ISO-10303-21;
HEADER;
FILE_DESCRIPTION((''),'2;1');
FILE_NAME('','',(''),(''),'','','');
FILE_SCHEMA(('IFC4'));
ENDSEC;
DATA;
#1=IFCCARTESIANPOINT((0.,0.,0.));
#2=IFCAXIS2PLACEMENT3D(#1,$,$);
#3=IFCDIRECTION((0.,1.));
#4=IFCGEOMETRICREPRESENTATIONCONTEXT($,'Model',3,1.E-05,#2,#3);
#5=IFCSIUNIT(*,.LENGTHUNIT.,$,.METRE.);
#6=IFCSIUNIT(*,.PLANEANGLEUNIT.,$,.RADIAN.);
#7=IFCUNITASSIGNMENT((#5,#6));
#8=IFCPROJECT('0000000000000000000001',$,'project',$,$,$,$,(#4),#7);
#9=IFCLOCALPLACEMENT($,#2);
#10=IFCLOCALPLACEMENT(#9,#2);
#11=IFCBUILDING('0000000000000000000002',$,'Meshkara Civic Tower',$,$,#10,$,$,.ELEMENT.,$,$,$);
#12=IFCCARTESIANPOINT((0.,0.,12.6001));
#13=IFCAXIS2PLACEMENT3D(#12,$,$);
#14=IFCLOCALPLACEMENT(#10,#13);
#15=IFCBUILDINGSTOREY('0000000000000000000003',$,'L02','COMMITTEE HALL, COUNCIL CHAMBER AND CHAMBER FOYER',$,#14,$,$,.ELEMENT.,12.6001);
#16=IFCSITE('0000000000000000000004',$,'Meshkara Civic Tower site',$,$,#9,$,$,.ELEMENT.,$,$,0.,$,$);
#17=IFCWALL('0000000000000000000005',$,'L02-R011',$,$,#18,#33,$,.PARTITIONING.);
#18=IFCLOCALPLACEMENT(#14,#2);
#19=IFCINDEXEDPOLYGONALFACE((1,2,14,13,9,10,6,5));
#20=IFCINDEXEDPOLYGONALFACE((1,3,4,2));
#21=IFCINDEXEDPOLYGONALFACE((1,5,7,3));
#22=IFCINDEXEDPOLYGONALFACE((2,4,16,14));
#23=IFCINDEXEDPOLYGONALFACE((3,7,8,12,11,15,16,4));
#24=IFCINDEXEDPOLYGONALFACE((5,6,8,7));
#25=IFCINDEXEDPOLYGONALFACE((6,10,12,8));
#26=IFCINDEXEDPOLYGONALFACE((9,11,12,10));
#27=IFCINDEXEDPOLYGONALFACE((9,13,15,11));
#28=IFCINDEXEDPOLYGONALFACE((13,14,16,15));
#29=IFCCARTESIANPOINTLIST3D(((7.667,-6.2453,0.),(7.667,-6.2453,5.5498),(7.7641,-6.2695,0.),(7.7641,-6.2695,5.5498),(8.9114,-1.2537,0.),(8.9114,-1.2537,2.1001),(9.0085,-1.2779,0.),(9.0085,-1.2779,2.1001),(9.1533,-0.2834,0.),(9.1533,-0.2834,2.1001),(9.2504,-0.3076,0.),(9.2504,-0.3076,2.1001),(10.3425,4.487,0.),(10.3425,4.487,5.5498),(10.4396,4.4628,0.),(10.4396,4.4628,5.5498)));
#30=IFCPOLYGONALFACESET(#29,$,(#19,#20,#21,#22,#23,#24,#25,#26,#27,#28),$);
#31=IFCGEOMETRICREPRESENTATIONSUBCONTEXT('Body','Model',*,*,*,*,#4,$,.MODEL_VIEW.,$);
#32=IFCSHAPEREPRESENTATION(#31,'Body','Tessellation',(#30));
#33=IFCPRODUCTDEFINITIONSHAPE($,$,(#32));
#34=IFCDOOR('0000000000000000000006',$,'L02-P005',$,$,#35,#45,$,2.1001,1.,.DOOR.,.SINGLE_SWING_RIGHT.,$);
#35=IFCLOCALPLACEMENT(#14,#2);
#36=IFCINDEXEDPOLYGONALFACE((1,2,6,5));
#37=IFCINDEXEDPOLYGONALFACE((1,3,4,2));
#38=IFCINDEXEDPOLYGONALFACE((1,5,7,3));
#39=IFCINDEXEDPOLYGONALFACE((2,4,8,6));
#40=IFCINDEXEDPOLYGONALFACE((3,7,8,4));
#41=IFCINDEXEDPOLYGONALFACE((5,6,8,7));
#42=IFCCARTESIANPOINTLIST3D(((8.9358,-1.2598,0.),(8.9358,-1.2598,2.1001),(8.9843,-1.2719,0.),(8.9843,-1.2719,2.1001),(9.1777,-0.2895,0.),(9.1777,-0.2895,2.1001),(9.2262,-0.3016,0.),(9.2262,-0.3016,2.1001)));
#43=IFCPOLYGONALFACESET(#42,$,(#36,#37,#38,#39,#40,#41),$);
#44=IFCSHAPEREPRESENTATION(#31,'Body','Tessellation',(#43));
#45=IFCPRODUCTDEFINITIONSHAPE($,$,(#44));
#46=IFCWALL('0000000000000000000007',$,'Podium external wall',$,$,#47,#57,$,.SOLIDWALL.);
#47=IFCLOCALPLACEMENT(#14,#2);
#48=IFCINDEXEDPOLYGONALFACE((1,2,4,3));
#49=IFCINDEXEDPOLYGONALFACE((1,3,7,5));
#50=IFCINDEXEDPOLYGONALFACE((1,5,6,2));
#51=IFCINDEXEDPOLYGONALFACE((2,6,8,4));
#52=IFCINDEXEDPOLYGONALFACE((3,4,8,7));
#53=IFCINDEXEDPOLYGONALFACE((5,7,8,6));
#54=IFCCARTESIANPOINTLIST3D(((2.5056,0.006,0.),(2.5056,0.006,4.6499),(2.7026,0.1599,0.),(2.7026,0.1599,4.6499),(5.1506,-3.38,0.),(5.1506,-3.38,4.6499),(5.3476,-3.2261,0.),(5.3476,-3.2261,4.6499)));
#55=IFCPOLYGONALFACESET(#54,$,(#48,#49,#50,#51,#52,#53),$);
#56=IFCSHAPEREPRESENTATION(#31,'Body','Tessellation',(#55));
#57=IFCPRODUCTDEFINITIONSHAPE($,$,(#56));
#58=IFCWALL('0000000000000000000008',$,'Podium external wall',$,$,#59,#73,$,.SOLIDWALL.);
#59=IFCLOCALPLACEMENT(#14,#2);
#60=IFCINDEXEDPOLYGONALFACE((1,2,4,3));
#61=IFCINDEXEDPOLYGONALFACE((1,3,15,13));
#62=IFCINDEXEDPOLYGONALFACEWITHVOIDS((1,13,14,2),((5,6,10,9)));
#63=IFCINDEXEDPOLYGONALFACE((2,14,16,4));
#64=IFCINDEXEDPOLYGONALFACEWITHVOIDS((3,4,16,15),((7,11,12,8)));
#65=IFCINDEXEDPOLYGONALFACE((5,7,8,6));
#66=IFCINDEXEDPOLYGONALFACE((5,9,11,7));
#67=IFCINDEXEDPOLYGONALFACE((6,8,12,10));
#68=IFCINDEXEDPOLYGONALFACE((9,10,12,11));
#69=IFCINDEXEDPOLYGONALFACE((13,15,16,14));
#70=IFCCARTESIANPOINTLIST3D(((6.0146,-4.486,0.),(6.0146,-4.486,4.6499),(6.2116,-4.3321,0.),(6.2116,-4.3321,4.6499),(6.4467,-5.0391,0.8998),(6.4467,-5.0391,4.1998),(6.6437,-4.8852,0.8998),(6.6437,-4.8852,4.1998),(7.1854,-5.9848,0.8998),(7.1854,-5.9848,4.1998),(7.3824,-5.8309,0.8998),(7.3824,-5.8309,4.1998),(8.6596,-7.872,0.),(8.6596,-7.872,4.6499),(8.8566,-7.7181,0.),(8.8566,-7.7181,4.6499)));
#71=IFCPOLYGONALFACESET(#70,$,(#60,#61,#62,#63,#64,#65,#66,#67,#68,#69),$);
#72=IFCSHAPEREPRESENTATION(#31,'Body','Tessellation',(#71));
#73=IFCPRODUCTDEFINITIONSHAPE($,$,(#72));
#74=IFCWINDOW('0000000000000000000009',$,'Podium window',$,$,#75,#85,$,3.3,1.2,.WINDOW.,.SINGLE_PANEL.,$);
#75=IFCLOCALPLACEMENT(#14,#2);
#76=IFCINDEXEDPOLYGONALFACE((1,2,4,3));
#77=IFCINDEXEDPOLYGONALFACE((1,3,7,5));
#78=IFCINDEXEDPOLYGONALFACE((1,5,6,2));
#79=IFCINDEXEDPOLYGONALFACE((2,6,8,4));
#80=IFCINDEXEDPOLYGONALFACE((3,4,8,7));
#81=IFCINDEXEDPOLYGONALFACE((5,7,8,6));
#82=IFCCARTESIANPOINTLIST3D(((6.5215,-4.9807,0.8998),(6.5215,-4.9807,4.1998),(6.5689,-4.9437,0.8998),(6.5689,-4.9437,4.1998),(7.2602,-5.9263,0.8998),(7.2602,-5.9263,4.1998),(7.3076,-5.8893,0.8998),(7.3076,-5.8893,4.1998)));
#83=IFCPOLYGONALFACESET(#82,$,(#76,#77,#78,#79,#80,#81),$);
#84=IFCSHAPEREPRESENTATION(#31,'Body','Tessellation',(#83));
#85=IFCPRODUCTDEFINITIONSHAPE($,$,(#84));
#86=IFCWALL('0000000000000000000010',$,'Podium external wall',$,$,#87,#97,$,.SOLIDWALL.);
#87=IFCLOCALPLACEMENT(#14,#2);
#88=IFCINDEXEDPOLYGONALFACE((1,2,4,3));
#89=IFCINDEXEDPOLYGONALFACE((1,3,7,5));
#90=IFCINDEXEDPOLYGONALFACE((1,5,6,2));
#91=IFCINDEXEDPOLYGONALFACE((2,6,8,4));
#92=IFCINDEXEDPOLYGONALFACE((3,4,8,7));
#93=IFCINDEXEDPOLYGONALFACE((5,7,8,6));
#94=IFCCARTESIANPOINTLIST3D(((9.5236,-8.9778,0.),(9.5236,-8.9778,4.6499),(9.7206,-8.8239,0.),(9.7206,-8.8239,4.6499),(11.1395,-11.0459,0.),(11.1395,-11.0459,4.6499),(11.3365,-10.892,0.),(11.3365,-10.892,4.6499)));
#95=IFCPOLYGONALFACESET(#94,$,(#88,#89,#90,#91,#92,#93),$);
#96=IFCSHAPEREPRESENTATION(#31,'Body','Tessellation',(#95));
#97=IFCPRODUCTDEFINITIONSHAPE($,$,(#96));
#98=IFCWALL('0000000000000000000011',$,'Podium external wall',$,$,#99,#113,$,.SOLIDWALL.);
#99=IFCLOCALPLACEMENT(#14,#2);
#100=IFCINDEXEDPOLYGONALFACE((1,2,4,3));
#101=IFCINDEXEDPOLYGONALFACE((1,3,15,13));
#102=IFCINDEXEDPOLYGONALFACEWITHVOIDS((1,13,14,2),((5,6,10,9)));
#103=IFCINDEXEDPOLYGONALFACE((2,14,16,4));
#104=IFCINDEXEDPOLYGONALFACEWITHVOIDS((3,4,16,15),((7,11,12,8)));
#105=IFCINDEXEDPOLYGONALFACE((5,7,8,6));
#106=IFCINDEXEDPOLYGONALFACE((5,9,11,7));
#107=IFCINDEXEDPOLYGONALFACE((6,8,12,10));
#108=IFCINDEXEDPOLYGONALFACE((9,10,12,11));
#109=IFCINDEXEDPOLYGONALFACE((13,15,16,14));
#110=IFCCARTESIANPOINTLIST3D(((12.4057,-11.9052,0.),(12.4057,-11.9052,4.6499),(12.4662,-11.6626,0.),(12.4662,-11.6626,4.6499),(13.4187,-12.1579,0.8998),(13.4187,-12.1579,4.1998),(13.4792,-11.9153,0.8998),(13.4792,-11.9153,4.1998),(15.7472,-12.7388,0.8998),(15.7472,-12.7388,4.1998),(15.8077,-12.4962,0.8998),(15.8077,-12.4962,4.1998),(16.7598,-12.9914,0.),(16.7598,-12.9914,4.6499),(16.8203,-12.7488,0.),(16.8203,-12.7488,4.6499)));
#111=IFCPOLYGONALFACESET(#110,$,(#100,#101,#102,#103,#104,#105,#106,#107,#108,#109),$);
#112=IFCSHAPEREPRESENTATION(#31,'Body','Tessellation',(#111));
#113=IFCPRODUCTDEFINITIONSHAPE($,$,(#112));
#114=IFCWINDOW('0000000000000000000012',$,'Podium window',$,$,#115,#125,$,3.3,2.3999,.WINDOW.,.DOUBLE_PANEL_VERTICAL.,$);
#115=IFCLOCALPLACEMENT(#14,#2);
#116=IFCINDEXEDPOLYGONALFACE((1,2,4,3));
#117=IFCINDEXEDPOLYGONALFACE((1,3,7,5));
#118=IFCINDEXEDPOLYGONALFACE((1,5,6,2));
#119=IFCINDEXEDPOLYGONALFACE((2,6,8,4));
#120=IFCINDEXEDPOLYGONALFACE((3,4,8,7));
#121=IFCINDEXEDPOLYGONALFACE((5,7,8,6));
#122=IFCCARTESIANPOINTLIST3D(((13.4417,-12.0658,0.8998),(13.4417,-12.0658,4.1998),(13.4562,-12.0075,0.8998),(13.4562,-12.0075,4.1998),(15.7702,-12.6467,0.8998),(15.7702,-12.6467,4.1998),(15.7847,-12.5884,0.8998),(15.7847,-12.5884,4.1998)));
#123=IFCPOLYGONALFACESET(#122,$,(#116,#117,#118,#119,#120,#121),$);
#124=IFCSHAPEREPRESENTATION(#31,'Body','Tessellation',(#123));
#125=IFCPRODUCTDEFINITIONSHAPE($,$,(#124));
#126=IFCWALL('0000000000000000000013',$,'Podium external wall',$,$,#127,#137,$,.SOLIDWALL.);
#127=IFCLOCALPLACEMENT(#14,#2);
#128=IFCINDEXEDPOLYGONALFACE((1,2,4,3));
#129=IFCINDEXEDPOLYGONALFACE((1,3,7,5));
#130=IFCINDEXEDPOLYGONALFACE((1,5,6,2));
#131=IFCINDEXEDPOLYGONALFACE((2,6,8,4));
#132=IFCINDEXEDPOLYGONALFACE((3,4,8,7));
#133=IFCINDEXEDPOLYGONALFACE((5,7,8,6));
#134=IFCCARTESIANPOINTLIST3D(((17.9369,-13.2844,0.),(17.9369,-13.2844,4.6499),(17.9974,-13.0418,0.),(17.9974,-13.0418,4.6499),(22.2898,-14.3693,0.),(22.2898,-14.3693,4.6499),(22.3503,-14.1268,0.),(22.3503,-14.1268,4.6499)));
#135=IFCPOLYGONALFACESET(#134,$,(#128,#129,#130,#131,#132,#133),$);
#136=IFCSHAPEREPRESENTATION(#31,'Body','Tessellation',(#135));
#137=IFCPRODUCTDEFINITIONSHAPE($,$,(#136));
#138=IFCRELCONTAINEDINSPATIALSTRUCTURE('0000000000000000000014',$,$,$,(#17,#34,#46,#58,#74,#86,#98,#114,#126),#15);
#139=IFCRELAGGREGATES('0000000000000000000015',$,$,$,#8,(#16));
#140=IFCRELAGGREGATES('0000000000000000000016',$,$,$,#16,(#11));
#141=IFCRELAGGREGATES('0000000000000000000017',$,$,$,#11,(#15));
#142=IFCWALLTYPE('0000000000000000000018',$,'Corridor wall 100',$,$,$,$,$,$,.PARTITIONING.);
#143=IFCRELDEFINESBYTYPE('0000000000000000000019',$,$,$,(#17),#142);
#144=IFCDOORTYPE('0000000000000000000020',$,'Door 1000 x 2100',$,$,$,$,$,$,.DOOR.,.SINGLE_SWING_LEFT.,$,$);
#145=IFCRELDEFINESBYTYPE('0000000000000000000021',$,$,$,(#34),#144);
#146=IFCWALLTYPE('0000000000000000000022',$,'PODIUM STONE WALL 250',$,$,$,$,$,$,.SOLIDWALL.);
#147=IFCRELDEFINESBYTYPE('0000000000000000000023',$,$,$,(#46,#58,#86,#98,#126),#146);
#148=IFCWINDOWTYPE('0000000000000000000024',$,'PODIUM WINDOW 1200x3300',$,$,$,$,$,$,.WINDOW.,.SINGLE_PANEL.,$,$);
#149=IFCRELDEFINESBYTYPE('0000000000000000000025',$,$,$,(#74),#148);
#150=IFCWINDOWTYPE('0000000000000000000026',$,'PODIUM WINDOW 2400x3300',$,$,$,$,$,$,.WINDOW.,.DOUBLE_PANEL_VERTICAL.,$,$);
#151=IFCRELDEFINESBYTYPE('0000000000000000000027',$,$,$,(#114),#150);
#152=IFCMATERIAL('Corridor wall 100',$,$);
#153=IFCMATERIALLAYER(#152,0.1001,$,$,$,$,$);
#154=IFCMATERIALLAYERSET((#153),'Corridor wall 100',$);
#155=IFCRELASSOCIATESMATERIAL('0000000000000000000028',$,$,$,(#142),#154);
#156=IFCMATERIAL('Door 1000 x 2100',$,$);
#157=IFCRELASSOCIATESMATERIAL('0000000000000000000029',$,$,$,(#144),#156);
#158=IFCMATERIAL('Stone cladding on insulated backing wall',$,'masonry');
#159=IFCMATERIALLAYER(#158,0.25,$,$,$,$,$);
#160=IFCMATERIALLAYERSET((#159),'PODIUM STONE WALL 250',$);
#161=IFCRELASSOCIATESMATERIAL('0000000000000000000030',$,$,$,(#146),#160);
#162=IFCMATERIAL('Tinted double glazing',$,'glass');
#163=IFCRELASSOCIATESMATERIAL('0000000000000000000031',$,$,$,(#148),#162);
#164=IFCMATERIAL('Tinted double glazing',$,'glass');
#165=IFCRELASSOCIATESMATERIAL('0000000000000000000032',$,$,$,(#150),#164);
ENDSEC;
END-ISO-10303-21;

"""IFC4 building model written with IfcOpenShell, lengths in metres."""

from ifc_helpers import new_model, si_unit, direction, frame, frame_2d, origin, place, context, subcontext, project, spatial, rectangle, extrude, material, layer, layer_set, type_object, element, fill, save


model = new_model("IFC4")

# Units and contexts
model_context = context("Model", 3, precision=1e-05, world=origin(), true_north=direction((0.0, 1.0)))
body_context = subcontext(model_context, "Body", "Model", "MODEL_VIEW")
ifc_project = project(units=[si_unit("LENGTHUNIT", "METRE"), si_unit("PLANEANGLEUNIT", "RADIAN")], contexts=[model_context])

# Site, building, storey
site_placement = place(None, origin())
site = spatial("IfcSite", under=ifc_project, at=site_placement, Name="Meshkara Civic Tower site", CompositionType="ELEMENT", RefElevation=0.0)
building_placement = place(site_placement, origin())
building = spatial("IfcBuilding", under=site, at=building_placement, Name="Meshkara Civic Tower", CompositionType="ELEMENT")
storey_placement = place(building_placement, frame((0.0, 0.0, 12.6001)))
storey = spatial("IfcBuildingStorey", under=building, at=storey_placement, Name="L02", Description="COMMITTEE HALL, COUNCIL CHAMBER AND CHAMBER FOYER", CompositionType="ELEMENT", Elevation=12.6001)

# Wall, opening, door
ifc_material_1 = material(Name="Corridor wall 100")
ifc_layer_1 = layer(ifc_material_1, 0.1001)
ifc_layer_set_1 = layer_set([ifc_layer_1], Name="Corridor wall 100")
wall_type_1 = type_object("IfcWallType", Name="Corridor wall 100", PredefinedType="PARTITIONING", material=ifc_layer_set_1)
wall_1_placement = place(storey_placement, frame((7.7156, -6.2573, 0.0), z_axis=(0.0, 0.0, 1.0), x_axis=(0.241892, 0.970303, 0.0)))
wall_1 = element("IfcWall", 1, at=wall_1_placement, inside=storey, type_object=wall_type_1, Name="L02-R011", PredefinedType="PARTITIONING", context=body_context, shape_type="SweptSolid", body=[
    extrude(rectangle(XDim=11.0608, YDim=0.1001, at=frame_2d((5.5303, 0.0))), origin(), (0.0, 0.0, 1.0), 5.5498),
])
opening_1_placement = place(wall_1_placement, frame((5.1443, 0.0, 0.0)))
opening_1 = element("IfcOpeningElement", 2, at=opening_1_placement, cuts=wall_1, PredefinedType="OPENING", context=body_context, shape_type="SweptSolid", body=[
    extrude(rectangle(XDim=1.0, YDim=2.1001, at=frame_2d((0.5, 1.05))), frame((0.0, 0.0601, 0.0), z_axis=(0.0, -1.0, 0.0), x_axis=(1.0, 0.0, 0.0)), (0.0, 0.0, 1.0), 0.1201),
])
ifc_material_2 = material(Name="Door 1000 x 2100")
door_type = type_object("IfcDoorType", Name="Door 1000 x 2100", OperationType="SINGLE_SWING_LEFT", PredefinedType="DOOR", material=ifc_material_2)
door_placement = place(opening_1_placement, origin())
door = element("IfcDoor", 3, at=door_placement, inside=storey, type_object=door_type, Name="L02-P005", OperationType="SINGLE_SWING_RIGHT", OverallHeight=2.1001, OverallWidth=1.0, PredefinedType="DOOR", context=body_context, shape_type="SweptSolid", body=[
    extrude(rectangle(XDim=1.0, YDim=2.1001, at=frame_2d((0.5, 1.05))), frame((0.0, 0.0249, 0.0), z_axis=(0.0, -1.0, 0.0), x_axis=(1.0, 0.0, 0.0)), (0.0, 0.0, 1.0), 0.05),
])
fill(opening_1, door)

# Wall
ifc_material_3 = material(Name="Stone cladding on insulated backing wall", Category="masonry")
ifc_layer_2 = layer(ifc_material_3, 0.25)
ifc_layer_set_2 = layer_set([ifc_layer_2], Name="PODIUM STONE WALL 250")
wall_type_2 = type_object("IfcWallType", Name="PODIUM STONE WALL 250", PredefinedType="SOLIDWALL", material=ifc_layer_set_2)
wall_2_placement = place(storey_placement, frame((2.604, 0.083, 0.0), z_axis=(0.0, 0.0, 1.0), x_axis=(0.615603, -0.788056, 0.0)))
element("IfcWall", 4, at=wall_2_placement, inside=storey, type_object=wall_type_2, Name="Podium external wall", PredefinedType="SOLIDWALL", context=body_context, shape_type="SweptSolid", body=[
    extrude(rectangle(XDim=4.2966, YDim=0.25, at=frame_2d((2.1484, 0.0))), origin(), (0.0, 0.0, 1.0), 4.6499),
])

# Wall, opening, window
wall_3_placement = place(storey_placement, frame((6.113, -4.4089, 0.0), z_axis=(0.0, 0.0, 1.0), x_axis=(0.615603, -0.788056, 0.0)))
wall_3 = element("IfcWall", 5, at=wall_3_placement, inside=storey, type_object=wall_type_2, Name="Podium external wall", PredefinedType="SOLIDWALL", context=body_context, shape_type="SweptSolid", body=[
    extrude(rectangle(XDim=4.2966, YDim=0.25, at=frame_2d((2.1484, 0.0))), origin(), (0.0, 0.0, 1.0), 4.6499),
])
opening_2_placement = place(wall_3_placement, frame((0.7019, 0.0, 0.8999)))
opening_2 = element("IfcOpeningElement", 6, at=opening_2_placement, cuts=wall_3, PredefinedType="OPENING", context=body_context, shape_type="SweptSolid", body=[
    extrude(rectangle(XDim=1.2, YDim=3.3, at=frame_2d((0.6001, 1.6499))), frame((0.0, 0.135, 0.0), z_axis=(0.0, -1.0, 0.0), x_axis=(1.0, 0.0, 0.0)), (0.0, 0.0, 1.0), 0.27),
])
ifc_material_4 = material(Name="Tinted double glazing", Category="glass")
window_type_1 = type_object("IfcWindowType", Name="PODIUM WINDOW 1200x3300", PartitioningType="SINGLE_PANEL", PredefinedType="WINDOW", material=ifc_material_4)
window_1_placement = place(opening_2_placement, origin())
window_1 = element("IfcWindow", 7, at=window_1_placement, inside=storey, type_object=window_type_1, Name="Podium window", OverallHeight=3.3, OverallWidth=1.2, PartitioningType="SINGLE_PANEL", PredefinedType="WINDOW", context=body_context, shape_type="SweptSolid", body=[
    extrude(rectangle(XDim=1.2, YDim=3.3, at=frame_2d((0.6001, 1.6499))), frame((0.0, 0.03, 0.0), z_axis=(0.0, -1.0, 0.0), x_axis=(1.0, 0.0, 0.0)), (0.0, 0.0, 1.0), 0.0601),
])
fill(opening_2, window_1)

# Wall
wall_4_placement = place(storey_placement, frame((9.6221, -8.9009, 0.0), z_axis=(0.0, 0.0, 1.0), x_axis=(0.615704, -0.787978, 0.0)))
element("IfcWall", 8, at=wall_4_placement, inside=storey, type_object=wall_type_2, Name="Podium external wall", PredefinedType="SOLIDWALL", context=body_context, shape_type="SweptSolid", body=[
    extrude(rectangle(XDim=2.6245, YDim=0.25, at=frame_2d((1.3123, 0.0))), origin(), (0.0, 0.0, 1.0), 4.6499),
])

# Wall, opening, window
wall_5_placement = place(storey_placement, frame((12.436, -11.7839, 0.0), z_axis=(0.0, 0.0, 1.0), x_axis=(0.970264, -0.242049, 0.0)))
wall_5 = element("IfcWall", 9, at=wall_5_placement, inside=storey, type_object=wall_type_2, Name="Podium external wall", PredefinedType="SOLIDWALL", context=body_context, shape_type="SweptSolid", body=[
    extrude(rectangle(XDim=4.4875, YDim=0.25, at=frame_2d((2.2437, 0.0))), origin(), (0.0, 0.0, 1.0), 4.6499),
])
opening_3_placement = place(wall_5_placement, frame((1.0439, 0.0, 0.8999)))
opening_3 = element("IfcOpeningElement", 10, at=opening_3_placement, cuts=wall_5, PredefinedType="OPENING", context=body_context, shape_type="SweptSolid", body=[
    extrude(rectangle(XDim=2.3999, YDim=3.3, at=frame_2d((1.2, 1.6499))), frame((0.0, 0.135, 0.0), z_axis=(0.0, -1.0, 0.0), x_axis=(1.0, 0.0, 0.0)), (0.0, 0.0, 1.0), 0.27),
])
ifc_material_5 = material(Name="Tinted double glazing", Category="glass")
window_type_2 = type_object("IfcWindowType", Name="PODIUM WINDOW 2400x3300", PartitioningType="DOUBLE_PANEL_VERTICAL", PredefinedType="WINDOW", material=ifc_material_5)
window_2_placement = place(opening_3_placement, origin())
window_2 = element("IfcWindow", 11, at=window_2_placement, inside=storey, type_object=window_type_2, Name="Podium window", OverallHeight=3.3, OverallWidth=2.3999, PartitioningType="DOUBLE_PANEL_VERTICAL", PredefinedType="WINDOW", context=body_context, shape_type="SweptSolid", body=[
    extrude(rectangle(XDim=2.3999, YDim=3.3, at=frame_2d((1.2, 1.6499))), frame((0.0, 0.03, 0.0), z_axis=(0.0, -1.0, 0.0), x_axis=(1.0, 0.0, 0.0)), (0.0, 0.0, 1.0), 0.0601),
])
fill(opening_3, window_2)

# Wall
wall_6_placement = place(storey_placement, frame((17.967, -13.1631, 0.0), z_axis=(0.0, 0.0, 1.0), x_axis=(0.970315, -0.241844, 0.0)))
element("IfcWall", 12, at=wall_6_placement, inside=storey, type_object=wall_type_2, Name="Podium external wall", PredefinedType="SOLIDWALL", context=body_context, shape_type="SweptSolid", body=[
    extrude(rectangle(XDim=4.4861, YDim=0.25, at=frame_2d((2.2432, 0.0))), origin(), (0.0, 0.0, 1.0), 4.6499),
])

save(model, "model.ifc")
